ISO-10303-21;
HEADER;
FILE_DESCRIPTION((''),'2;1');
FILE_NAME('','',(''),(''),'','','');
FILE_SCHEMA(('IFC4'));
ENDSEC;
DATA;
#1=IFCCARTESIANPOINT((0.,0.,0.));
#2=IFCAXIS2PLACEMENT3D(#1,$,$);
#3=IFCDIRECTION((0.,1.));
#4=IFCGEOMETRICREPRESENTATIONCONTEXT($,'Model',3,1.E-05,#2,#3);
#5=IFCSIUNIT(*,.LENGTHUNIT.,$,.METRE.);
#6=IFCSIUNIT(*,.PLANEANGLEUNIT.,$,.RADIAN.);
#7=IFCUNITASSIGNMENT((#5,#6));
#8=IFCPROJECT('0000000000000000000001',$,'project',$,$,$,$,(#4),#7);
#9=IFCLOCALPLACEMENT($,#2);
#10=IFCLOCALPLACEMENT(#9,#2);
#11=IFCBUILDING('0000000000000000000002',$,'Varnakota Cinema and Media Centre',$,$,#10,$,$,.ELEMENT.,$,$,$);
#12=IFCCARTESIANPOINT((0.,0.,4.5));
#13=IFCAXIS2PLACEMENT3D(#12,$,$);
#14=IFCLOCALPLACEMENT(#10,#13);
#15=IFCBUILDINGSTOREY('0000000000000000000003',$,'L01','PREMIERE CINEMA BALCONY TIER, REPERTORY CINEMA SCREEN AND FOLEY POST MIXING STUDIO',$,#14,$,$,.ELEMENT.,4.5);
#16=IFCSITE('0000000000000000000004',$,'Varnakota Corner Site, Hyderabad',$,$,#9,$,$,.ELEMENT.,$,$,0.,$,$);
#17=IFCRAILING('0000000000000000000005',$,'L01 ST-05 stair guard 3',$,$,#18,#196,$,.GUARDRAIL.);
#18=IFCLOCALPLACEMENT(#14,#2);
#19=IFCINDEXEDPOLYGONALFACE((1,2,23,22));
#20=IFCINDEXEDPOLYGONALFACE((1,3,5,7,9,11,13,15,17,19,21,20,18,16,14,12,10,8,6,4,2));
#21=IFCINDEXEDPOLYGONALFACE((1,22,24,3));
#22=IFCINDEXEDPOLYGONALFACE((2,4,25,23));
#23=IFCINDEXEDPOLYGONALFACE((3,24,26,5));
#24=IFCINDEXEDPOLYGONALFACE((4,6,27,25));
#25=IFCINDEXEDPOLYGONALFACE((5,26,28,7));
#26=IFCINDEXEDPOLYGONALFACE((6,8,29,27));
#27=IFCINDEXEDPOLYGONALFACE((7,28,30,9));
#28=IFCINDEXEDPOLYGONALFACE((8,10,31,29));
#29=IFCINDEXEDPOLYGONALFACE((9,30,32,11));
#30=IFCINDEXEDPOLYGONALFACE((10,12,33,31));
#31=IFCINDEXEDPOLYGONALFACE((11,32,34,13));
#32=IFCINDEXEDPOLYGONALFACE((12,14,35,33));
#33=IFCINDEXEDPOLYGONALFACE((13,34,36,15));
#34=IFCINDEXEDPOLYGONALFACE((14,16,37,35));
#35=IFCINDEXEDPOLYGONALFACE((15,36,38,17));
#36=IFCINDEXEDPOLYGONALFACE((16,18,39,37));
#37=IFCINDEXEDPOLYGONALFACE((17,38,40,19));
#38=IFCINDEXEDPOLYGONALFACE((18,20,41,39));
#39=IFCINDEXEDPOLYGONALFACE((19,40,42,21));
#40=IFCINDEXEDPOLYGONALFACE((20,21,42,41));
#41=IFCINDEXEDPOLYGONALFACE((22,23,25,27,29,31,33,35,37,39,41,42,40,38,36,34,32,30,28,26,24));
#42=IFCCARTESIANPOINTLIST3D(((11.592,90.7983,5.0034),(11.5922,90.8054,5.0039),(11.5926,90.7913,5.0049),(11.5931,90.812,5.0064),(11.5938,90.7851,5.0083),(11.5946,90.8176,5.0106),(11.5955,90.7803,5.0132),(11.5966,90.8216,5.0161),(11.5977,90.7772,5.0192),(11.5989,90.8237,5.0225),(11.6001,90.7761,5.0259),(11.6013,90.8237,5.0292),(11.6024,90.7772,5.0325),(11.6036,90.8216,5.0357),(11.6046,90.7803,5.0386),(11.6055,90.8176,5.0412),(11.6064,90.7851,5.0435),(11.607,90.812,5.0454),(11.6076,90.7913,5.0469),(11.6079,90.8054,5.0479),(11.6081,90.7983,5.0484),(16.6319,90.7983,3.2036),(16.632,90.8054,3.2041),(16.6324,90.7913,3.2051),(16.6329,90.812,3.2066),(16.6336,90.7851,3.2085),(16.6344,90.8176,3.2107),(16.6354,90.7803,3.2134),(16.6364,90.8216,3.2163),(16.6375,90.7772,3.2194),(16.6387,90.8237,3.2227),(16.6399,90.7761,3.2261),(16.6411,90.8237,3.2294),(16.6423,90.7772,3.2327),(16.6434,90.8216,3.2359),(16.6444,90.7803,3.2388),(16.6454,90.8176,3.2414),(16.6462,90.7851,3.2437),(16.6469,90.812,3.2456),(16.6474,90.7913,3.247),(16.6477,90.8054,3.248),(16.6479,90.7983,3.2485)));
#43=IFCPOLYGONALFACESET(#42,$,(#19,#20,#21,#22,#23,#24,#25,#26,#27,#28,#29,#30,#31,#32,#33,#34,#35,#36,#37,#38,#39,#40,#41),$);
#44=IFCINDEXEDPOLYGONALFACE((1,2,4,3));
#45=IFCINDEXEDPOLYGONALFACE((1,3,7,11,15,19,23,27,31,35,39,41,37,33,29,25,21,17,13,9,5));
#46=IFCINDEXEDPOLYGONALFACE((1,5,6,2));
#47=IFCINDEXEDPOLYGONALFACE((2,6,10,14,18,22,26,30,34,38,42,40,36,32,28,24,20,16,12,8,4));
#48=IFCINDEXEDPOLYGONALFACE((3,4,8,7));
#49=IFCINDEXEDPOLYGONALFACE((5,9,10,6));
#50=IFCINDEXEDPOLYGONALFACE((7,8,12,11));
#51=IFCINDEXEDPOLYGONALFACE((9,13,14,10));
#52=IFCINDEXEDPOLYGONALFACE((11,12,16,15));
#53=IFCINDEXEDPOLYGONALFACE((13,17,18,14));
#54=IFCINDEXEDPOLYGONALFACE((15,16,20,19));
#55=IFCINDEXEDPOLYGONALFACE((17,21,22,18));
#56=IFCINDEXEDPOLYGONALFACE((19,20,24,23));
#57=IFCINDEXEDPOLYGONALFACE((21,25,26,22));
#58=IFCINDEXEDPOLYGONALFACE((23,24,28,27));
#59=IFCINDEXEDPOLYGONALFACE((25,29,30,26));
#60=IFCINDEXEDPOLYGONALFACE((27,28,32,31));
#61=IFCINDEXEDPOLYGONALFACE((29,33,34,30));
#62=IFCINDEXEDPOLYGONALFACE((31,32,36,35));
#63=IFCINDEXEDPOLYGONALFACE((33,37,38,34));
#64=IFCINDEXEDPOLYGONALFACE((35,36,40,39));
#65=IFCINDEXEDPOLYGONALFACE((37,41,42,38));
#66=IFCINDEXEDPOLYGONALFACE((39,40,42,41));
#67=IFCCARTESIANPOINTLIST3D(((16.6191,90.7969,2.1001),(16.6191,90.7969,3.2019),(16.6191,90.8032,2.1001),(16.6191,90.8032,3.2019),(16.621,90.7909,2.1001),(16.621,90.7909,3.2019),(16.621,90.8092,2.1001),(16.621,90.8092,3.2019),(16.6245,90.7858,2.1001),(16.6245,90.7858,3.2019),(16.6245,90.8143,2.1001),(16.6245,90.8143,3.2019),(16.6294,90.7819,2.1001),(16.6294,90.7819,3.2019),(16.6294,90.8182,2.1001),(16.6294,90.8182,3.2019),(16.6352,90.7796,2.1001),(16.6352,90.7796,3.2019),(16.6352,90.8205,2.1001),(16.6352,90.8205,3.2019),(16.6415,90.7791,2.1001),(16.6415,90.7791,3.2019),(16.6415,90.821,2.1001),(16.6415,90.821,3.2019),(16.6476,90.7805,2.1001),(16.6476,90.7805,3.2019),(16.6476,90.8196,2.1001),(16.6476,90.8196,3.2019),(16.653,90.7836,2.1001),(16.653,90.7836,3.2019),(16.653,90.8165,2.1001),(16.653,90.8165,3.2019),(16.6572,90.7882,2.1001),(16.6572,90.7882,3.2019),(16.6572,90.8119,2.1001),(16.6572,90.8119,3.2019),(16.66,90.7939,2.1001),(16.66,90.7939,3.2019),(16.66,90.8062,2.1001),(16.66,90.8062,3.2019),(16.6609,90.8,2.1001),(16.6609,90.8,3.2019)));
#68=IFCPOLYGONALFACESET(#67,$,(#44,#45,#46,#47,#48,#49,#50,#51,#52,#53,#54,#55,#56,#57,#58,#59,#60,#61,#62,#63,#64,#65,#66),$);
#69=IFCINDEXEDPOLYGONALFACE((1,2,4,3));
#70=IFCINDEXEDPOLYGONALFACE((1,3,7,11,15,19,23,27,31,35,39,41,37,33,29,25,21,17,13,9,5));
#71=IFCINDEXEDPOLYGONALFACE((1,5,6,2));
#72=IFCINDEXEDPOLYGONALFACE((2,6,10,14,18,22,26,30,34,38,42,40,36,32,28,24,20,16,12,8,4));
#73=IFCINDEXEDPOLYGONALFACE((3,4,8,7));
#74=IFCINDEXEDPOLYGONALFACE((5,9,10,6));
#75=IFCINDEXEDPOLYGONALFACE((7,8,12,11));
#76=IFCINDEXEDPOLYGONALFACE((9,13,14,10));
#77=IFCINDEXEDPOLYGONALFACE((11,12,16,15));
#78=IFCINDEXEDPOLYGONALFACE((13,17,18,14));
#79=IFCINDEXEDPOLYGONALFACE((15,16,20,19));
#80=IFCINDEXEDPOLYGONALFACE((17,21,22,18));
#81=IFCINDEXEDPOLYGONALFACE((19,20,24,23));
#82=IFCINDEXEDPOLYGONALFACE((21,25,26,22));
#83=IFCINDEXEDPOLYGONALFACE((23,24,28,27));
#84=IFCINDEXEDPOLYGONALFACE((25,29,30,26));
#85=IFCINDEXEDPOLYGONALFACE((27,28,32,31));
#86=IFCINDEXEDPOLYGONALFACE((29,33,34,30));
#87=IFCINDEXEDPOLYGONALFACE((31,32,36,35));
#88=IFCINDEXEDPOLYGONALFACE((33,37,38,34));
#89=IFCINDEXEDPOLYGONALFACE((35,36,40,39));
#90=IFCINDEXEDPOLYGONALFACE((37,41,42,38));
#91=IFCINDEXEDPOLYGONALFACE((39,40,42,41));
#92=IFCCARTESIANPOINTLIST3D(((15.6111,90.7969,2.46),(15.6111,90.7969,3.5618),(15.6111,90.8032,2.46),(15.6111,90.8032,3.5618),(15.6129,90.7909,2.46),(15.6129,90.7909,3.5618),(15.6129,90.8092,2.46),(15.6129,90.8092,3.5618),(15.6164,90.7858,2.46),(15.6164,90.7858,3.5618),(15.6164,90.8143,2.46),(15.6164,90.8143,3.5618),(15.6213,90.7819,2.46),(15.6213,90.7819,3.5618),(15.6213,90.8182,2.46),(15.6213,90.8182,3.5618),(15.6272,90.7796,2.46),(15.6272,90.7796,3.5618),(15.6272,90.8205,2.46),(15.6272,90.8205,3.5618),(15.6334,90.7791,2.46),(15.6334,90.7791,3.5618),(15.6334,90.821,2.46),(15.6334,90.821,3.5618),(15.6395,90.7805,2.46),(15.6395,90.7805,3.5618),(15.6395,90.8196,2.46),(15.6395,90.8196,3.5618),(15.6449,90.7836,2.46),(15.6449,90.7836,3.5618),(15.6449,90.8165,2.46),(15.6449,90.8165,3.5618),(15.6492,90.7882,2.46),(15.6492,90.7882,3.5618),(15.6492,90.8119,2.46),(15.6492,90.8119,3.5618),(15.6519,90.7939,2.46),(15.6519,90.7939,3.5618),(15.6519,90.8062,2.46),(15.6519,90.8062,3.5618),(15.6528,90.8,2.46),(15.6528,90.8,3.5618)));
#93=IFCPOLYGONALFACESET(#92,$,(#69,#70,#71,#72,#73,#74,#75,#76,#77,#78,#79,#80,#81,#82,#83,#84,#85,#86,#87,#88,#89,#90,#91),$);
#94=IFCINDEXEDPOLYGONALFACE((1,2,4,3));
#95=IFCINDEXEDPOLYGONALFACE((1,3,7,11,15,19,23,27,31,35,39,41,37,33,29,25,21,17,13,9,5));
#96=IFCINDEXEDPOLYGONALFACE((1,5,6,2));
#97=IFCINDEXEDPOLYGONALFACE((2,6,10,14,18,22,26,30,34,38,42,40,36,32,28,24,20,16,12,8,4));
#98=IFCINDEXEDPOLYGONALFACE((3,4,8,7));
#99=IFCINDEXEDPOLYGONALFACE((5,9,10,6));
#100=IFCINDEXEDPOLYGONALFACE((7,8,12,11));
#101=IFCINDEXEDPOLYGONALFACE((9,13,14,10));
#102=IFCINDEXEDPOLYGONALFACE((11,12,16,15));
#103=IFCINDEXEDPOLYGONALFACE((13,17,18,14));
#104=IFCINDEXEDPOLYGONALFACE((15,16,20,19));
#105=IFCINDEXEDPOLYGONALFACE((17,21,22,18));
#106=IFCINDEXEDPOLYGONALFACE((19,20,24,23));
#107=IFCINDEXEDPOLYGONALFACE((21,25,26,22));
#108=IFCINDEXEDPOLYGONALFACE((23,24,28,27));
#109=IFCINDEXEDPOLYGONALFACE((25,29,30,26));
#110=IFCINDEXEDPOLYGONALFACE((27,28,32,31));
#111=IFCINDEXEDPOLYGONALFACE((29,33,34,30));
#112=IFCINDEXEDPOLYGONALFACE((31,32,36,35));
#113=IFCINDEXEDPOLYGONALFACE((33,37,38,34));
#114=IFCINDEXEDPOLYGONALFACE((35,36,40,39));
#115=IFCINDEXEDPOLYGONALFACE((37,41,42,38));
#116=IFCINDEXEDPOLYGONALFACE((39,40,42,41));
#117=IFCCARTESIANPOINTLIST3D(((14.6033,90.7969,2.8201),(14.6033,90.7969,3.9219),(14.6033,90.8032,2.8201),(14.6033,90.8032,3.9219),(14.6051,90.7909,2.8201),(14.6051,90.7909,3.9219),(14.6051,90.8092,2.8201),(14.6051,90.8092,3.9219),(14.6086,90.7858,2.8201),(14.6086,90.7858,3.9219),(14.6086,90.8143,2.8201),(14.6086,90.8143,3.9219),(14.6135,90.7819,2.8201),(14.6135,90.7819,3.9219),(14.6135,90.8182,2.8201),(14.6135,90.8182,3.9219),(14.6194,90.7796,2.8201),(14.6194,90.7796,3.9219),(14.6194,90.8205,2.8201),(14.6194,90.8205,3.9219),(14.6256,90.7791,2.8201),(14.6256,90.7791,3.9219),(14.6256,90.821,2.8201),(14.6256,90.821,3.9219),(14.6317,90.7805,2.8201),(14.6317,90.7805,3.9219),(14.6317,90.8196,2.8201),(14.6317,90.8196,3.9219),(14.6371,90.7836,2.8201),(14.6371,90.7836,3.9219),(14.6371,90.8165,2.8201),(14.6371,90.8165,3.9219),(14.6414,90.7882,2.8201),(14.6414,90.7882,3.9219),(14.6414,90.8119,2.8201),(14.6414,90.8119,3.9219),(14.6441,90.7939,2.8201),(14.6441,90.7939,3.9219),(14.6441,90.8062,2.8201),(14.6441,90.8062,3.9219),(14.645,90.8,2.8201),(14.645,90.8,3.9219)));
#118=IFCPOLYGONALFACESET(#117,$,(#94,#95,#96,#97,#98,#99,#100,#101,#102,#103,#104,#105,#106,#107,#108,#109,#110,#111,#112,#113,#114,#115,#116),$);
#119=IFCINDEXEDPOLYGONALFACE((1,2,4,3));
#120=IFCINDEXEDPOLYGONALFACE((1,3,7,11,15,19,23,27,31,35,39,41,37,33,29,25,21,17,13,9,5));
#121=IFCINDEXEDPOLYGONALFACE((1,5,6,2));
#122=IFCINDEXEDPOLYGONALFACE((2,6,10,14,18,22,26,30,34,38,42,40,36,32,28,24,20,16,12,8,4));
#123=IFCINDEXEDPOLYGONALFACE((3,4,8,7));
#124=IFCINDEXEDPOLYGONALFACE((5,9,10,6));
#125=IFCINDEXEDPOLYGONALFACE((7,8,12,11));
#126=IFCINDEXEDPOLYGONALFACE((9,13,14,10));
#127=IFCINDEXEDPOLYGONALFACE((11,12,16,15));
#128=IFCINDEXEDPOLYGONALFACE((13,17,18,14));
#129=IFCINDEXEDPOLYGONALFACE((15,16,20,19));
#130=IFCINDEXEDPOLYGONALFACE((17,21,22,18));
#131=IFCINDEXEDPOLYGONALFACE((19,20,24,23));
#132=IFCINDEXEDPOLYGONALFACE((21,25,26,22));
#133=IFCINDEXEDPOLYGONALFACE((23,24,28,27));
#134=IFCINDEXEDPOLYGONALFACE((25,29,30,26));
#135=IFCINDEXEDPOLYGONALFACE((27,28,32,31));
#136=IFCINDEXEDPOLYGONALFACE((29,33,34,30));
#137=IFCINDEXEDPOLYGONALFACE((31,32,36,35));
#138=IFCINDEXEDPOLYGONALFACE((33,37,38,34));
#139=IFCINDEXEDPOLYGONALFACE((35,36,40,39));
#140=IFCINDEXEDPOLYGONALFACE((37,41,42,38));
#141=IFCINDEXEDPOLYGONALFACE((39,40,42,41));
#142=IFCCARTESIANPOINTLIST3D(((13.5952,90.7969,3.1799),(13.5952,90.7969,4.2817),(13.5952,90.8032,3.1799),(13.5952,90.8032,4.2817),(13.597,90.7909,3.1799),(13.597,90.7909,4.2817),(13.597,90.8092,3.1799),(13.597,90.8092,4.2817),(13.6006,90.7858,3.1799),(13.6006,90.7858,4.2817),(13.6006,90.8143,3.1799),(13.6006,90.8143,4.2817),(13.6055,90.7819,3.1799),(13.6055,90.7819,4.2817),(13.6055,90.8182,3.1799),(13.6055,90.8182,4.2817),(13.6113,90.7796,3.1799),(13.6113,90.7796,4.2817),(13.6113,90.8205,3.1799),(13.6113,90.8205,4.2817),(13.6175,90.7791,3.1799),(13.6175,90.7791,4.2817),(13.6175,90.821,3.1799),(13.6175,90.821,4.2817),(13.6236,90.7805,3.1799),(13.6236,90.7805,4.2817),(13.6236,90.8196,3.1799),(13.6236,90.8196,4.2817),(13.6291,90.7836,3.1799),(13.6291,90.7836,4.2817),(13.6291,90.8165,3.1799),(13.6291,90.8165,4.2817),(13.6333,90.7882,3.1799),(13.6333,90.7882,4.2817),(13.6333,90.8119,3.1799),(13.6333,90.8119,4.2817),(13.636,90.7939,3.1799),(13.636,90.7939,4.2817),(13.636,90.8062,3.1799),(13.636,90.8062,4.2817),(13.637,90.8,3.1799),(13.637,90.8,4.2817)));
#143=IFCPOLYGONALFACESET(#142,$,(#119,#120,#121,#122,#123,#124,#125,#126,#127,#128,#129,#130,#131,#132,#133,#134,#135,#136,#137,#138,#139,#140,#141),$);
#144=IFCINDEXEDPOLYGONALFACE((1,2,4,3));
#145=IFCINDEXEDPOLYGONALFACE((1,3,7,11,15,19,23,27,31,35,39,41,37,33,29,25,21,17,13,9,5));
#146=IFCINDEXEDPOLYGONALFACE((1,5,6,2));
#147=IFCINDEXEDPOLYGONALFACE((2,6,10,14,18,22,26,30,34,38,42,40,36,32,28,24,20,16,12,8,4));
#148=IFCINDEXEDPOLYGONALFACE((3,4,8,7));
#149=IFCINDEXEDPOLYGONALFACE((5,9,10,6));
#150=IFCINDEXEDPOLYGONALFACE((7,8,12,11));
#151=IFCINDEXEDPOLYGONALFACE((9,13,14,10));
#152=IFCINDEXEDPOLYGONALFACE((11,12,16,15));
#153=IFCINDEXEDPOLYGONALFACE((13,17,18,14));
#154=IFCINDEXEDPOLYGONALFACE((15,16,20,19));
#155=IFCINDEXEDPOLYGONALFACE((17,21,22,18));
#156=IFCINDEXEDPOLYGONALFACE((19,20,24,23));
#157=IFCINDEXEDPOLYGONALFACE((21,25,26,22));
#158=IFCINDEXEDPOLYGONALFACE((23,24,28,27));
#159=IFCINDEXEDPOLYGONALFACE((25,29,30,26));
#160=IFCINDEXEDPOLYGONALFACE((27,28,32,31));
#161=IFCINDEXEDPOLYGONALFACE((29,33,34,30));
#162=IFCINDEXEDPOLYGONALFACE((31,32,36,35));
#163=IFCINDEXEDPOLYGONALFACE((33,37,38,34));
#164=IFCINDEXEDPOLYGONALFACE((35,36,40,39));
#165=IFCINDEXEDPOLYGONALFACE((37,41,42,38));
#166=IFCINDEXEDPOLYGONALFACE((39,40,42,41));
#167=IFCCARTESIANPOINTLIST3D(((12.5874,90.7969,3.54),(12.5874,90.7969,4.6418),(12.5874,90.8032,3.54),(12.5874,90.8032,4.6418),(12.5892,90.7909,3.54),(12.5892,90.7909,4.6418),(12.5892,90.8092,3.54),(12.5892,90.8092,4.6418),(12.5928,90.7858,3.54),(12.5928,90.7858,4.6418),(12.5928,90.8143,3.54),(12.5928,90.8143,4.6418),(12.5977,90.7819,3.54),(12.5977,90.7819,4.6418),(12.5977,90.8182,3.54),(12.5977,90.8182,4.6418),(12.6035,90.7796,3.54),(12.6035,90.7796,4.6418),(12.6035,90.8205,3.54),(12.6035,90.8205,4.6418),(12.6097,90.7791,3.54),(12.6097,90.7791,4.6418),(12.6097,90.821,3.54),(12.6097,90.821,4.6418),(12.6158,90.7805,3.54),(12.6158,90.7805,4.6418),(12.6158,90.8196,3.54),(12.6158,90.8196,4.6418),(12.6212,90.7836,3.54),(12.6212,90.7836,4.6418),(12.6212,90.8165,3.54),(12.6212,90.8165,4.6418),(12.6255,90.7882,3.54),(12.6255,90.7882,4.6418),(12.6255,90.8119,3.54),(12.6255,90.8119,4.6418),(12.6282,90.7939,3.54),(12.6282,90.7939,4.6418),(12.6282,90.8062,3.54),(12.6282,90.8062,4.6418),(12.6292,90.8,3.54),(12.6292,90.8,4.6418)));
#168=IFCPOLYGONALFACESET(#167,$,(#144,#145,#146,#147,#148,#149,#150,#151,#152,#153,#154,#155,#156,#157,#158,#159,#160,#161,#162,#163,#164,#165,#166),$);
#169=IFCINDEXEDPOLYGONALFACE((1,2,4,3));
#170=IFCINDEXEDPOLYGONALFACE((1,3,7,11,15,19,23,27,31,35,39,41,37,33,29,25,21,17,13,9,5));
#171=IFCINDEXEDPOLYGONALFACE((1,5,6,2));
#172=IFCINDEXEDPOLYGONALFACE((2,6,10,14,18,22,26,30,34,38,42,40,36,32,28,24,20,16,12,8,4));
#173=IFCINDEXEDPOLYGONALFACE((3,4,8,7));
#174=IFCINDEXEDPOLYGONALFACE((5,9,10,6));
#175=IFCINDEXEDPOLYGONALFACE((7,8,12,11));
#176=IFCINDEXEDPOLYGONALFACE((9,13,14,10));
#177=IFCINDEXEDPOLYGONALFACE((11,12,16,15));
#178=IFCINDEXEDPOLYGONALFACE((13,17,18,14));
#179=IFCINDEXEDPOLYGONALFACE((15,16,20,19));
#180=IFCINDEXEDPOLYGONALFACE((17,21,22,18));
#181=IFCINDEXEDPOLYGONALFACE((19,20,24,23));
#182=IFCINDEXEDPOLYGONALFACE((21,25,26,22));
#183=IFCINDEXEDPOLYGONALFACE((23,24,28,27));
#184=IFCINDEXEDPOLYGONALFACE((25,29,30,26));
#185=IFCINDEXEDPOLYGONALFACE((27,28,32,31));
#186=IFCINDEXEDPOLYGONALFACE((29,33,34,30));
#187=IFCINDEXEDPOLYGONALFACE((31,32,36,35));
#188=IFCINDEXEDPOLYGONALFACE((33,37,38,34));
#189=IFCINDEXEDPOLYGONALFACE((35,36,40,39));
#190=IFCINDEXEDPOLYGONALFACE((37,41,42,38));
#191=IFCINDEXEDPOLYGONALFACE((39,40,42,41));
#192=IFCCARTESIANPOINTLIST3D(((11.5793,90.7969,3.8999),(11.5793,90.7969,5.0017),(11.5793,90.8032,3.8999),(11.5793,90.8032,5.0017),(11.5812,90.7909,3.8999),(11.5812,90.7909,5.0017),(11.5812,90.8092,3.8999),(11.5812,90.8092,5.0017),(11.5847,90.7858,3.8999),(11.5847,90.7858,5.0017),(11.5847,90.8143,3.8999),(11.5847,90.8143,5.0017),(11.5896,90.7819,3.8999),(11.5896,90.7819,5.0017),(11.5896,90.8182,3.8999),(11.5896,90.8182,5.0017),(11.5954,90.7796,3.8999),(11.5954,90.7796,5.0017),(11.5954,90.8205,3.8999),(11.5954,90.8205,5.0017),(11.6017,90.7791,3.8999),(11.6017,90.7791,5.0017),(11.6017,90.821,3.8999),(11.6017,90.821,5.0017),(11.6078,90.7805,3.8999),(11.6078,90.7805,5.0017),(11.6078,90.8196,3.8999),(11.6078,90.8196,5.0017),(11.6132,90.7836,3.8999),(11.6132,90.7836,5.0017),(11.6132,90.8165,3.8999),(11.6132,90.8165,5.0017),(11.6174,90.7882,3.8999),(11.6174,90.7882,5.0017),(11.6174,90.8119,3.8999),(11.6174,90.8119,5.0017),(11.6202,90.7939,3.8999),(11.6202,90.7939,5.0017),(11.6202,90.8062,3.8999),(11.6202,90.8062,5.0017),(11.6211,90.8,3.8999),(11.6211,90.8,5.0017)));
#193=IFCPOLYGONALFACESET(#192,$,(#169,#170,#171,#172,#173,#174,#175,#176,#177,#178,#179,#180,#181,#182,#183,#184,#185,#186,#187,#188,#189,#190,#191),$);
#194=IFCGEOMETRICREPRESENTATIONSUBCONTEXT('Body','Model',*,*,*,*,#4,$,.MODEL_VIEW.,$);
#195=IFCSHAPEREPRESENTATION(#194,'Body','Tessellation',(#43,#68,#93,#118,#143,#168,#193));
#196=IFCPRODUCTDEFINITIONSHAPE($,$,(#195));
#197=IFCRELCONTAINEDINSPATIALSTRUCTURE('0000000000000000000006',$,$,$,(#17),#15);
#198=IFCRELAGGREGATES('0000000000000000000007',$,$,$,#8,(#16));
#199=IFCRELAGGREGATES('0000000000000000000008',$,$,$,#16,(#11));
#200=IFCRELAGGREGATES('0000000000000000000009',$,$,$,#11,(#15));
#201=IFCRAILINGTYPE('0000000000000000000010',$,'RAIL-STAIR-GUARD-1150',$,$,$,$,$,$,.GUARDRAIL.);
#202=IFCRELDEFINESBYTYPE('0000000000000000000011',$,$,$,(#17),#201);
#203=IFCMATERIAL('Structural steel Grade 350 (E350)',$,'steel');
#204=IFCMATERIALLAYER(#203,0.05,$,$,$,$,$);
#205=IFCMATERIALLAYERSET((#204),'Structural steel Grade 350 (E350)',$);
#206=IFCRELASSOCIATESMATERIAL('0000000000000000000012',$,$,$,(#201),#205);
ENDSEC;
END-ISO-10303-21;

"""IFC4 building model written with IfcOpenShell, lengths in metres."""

from ifc_helpers import new_model, si_unit, direction, frame, origin, origin_2d, place, context, subcontext, project, spatial, circle, extrude, material, layer, layer_set, type_object, element, save


model = new_model("IFC4")

# Units and contexts
model_context = context("Model", 3, precision=1e-05, world=origin(), true_north=direction((0.0, 1.0)))
body_context = subcontext(model_context, "Body", "Model", "MODEL_VIEW")
ifc_project = project(units=[si_unit("LENGTHUNIT", "METRE"), si_unit("PLANEANGLEUNIT", "RADIAN")], contexts=[model_context])

# Site, building, storey
site_placement = place(None, origin())
site = spatial("IfcSite", under=ifc_project, at=site_placement, Name="Varnakota Corner Site, Hyderabad", CompositionType="ELEMENT", RefElevation=0.0)
building_placement = place(site_placement, origin())
building = spatial("IfcBuilding", under=site, at=building_placement, Name="Varnakota Cinema and Media Centre", CompositionType="ELEMENT")
storey_placement = place(building_placement, frame((0.0, 0.0, 4.5)))
storey = spatial("IfcBuildingStorey", under=building, at=storey_placement, Name="L01", Description="PREMIERE CINEMA BALCONY TIER, REPERTORY CINEMA SCREEN AND FOLEY POST MIXING STUDIO", CompositionType="ELEMENT", Elevation=4.5)

# Railing
ifc_material_1 = material(Name="Structural steel Grade 350 (E350)", Category="steel")
ifc_layer_1 = layer(ifc_material_1, 0.05)
ifc_layer_set_1 = layer_set([ifc_layer_1], Name="Structural steel Grade 350 (E350)")
railing_type_1 = type_object("IfcRailingType", Name="RAIL-STAIR-GUARD-1150", PredefinedType="GUARDRAIL", material=ifc_layer_set_1)
railing_1_placement = place(storey_placement, frame((16.6399, 90.8, 2.1001)))
element("IfcRailing", 1, at=railing_1_placement, inside=storey, type_object=railing_type_1, Name="L01 ST-05 stair guard 3", PredefinedType="GUARDRAIL", context=body_context, shape_type="SweptSolid", body=[
    extrude(circle(Radius=0.0239, at=origin_2d()), frame((0.0, 0.0, 1.126), z_axis=(-0.941749, 0.0, 0.336316), x_axis=(0.0, -1.0, 0.0)), (0.0, 0.0, 1.0), 5.3516),
    extrude(circle(Radius=0.021, at=origin_2d()), origin(), (0.0, 0.0, 1.0), 1.1018),
    extrude(circle(Radius=0.021, at=origin_2d()), frame((-1.0081, 0.0, 0.3599)), (0.0, 0.0, 1.0), 1.1018),
    extrude(circle(Radius=0.021, at=origin_2d()), frame((-2.0159, 0.0, 0.72)), (0.0, 0.0, 1.0), 1.1018),
    extrude(circle(Radius=0.021, at=origin_2d()), frame((-3.0239, 0.0, 1.0798)), (0.0, 0.0, 1.0), 1.1018),
    extrude(circle(Radius=0.021, at=origin_2d()), frame((-4.0317, 0.0, 1.4399)), (0.0, 0.0, 1.0), 1.1018),
    extrude(circle(Radius=0.021, at=origin_2d()), frame((-5.0398, 0.0, 1.7998)), (0.0, 0.0, 1.0), 1.1018),
])

save(model, "model.ifc")
